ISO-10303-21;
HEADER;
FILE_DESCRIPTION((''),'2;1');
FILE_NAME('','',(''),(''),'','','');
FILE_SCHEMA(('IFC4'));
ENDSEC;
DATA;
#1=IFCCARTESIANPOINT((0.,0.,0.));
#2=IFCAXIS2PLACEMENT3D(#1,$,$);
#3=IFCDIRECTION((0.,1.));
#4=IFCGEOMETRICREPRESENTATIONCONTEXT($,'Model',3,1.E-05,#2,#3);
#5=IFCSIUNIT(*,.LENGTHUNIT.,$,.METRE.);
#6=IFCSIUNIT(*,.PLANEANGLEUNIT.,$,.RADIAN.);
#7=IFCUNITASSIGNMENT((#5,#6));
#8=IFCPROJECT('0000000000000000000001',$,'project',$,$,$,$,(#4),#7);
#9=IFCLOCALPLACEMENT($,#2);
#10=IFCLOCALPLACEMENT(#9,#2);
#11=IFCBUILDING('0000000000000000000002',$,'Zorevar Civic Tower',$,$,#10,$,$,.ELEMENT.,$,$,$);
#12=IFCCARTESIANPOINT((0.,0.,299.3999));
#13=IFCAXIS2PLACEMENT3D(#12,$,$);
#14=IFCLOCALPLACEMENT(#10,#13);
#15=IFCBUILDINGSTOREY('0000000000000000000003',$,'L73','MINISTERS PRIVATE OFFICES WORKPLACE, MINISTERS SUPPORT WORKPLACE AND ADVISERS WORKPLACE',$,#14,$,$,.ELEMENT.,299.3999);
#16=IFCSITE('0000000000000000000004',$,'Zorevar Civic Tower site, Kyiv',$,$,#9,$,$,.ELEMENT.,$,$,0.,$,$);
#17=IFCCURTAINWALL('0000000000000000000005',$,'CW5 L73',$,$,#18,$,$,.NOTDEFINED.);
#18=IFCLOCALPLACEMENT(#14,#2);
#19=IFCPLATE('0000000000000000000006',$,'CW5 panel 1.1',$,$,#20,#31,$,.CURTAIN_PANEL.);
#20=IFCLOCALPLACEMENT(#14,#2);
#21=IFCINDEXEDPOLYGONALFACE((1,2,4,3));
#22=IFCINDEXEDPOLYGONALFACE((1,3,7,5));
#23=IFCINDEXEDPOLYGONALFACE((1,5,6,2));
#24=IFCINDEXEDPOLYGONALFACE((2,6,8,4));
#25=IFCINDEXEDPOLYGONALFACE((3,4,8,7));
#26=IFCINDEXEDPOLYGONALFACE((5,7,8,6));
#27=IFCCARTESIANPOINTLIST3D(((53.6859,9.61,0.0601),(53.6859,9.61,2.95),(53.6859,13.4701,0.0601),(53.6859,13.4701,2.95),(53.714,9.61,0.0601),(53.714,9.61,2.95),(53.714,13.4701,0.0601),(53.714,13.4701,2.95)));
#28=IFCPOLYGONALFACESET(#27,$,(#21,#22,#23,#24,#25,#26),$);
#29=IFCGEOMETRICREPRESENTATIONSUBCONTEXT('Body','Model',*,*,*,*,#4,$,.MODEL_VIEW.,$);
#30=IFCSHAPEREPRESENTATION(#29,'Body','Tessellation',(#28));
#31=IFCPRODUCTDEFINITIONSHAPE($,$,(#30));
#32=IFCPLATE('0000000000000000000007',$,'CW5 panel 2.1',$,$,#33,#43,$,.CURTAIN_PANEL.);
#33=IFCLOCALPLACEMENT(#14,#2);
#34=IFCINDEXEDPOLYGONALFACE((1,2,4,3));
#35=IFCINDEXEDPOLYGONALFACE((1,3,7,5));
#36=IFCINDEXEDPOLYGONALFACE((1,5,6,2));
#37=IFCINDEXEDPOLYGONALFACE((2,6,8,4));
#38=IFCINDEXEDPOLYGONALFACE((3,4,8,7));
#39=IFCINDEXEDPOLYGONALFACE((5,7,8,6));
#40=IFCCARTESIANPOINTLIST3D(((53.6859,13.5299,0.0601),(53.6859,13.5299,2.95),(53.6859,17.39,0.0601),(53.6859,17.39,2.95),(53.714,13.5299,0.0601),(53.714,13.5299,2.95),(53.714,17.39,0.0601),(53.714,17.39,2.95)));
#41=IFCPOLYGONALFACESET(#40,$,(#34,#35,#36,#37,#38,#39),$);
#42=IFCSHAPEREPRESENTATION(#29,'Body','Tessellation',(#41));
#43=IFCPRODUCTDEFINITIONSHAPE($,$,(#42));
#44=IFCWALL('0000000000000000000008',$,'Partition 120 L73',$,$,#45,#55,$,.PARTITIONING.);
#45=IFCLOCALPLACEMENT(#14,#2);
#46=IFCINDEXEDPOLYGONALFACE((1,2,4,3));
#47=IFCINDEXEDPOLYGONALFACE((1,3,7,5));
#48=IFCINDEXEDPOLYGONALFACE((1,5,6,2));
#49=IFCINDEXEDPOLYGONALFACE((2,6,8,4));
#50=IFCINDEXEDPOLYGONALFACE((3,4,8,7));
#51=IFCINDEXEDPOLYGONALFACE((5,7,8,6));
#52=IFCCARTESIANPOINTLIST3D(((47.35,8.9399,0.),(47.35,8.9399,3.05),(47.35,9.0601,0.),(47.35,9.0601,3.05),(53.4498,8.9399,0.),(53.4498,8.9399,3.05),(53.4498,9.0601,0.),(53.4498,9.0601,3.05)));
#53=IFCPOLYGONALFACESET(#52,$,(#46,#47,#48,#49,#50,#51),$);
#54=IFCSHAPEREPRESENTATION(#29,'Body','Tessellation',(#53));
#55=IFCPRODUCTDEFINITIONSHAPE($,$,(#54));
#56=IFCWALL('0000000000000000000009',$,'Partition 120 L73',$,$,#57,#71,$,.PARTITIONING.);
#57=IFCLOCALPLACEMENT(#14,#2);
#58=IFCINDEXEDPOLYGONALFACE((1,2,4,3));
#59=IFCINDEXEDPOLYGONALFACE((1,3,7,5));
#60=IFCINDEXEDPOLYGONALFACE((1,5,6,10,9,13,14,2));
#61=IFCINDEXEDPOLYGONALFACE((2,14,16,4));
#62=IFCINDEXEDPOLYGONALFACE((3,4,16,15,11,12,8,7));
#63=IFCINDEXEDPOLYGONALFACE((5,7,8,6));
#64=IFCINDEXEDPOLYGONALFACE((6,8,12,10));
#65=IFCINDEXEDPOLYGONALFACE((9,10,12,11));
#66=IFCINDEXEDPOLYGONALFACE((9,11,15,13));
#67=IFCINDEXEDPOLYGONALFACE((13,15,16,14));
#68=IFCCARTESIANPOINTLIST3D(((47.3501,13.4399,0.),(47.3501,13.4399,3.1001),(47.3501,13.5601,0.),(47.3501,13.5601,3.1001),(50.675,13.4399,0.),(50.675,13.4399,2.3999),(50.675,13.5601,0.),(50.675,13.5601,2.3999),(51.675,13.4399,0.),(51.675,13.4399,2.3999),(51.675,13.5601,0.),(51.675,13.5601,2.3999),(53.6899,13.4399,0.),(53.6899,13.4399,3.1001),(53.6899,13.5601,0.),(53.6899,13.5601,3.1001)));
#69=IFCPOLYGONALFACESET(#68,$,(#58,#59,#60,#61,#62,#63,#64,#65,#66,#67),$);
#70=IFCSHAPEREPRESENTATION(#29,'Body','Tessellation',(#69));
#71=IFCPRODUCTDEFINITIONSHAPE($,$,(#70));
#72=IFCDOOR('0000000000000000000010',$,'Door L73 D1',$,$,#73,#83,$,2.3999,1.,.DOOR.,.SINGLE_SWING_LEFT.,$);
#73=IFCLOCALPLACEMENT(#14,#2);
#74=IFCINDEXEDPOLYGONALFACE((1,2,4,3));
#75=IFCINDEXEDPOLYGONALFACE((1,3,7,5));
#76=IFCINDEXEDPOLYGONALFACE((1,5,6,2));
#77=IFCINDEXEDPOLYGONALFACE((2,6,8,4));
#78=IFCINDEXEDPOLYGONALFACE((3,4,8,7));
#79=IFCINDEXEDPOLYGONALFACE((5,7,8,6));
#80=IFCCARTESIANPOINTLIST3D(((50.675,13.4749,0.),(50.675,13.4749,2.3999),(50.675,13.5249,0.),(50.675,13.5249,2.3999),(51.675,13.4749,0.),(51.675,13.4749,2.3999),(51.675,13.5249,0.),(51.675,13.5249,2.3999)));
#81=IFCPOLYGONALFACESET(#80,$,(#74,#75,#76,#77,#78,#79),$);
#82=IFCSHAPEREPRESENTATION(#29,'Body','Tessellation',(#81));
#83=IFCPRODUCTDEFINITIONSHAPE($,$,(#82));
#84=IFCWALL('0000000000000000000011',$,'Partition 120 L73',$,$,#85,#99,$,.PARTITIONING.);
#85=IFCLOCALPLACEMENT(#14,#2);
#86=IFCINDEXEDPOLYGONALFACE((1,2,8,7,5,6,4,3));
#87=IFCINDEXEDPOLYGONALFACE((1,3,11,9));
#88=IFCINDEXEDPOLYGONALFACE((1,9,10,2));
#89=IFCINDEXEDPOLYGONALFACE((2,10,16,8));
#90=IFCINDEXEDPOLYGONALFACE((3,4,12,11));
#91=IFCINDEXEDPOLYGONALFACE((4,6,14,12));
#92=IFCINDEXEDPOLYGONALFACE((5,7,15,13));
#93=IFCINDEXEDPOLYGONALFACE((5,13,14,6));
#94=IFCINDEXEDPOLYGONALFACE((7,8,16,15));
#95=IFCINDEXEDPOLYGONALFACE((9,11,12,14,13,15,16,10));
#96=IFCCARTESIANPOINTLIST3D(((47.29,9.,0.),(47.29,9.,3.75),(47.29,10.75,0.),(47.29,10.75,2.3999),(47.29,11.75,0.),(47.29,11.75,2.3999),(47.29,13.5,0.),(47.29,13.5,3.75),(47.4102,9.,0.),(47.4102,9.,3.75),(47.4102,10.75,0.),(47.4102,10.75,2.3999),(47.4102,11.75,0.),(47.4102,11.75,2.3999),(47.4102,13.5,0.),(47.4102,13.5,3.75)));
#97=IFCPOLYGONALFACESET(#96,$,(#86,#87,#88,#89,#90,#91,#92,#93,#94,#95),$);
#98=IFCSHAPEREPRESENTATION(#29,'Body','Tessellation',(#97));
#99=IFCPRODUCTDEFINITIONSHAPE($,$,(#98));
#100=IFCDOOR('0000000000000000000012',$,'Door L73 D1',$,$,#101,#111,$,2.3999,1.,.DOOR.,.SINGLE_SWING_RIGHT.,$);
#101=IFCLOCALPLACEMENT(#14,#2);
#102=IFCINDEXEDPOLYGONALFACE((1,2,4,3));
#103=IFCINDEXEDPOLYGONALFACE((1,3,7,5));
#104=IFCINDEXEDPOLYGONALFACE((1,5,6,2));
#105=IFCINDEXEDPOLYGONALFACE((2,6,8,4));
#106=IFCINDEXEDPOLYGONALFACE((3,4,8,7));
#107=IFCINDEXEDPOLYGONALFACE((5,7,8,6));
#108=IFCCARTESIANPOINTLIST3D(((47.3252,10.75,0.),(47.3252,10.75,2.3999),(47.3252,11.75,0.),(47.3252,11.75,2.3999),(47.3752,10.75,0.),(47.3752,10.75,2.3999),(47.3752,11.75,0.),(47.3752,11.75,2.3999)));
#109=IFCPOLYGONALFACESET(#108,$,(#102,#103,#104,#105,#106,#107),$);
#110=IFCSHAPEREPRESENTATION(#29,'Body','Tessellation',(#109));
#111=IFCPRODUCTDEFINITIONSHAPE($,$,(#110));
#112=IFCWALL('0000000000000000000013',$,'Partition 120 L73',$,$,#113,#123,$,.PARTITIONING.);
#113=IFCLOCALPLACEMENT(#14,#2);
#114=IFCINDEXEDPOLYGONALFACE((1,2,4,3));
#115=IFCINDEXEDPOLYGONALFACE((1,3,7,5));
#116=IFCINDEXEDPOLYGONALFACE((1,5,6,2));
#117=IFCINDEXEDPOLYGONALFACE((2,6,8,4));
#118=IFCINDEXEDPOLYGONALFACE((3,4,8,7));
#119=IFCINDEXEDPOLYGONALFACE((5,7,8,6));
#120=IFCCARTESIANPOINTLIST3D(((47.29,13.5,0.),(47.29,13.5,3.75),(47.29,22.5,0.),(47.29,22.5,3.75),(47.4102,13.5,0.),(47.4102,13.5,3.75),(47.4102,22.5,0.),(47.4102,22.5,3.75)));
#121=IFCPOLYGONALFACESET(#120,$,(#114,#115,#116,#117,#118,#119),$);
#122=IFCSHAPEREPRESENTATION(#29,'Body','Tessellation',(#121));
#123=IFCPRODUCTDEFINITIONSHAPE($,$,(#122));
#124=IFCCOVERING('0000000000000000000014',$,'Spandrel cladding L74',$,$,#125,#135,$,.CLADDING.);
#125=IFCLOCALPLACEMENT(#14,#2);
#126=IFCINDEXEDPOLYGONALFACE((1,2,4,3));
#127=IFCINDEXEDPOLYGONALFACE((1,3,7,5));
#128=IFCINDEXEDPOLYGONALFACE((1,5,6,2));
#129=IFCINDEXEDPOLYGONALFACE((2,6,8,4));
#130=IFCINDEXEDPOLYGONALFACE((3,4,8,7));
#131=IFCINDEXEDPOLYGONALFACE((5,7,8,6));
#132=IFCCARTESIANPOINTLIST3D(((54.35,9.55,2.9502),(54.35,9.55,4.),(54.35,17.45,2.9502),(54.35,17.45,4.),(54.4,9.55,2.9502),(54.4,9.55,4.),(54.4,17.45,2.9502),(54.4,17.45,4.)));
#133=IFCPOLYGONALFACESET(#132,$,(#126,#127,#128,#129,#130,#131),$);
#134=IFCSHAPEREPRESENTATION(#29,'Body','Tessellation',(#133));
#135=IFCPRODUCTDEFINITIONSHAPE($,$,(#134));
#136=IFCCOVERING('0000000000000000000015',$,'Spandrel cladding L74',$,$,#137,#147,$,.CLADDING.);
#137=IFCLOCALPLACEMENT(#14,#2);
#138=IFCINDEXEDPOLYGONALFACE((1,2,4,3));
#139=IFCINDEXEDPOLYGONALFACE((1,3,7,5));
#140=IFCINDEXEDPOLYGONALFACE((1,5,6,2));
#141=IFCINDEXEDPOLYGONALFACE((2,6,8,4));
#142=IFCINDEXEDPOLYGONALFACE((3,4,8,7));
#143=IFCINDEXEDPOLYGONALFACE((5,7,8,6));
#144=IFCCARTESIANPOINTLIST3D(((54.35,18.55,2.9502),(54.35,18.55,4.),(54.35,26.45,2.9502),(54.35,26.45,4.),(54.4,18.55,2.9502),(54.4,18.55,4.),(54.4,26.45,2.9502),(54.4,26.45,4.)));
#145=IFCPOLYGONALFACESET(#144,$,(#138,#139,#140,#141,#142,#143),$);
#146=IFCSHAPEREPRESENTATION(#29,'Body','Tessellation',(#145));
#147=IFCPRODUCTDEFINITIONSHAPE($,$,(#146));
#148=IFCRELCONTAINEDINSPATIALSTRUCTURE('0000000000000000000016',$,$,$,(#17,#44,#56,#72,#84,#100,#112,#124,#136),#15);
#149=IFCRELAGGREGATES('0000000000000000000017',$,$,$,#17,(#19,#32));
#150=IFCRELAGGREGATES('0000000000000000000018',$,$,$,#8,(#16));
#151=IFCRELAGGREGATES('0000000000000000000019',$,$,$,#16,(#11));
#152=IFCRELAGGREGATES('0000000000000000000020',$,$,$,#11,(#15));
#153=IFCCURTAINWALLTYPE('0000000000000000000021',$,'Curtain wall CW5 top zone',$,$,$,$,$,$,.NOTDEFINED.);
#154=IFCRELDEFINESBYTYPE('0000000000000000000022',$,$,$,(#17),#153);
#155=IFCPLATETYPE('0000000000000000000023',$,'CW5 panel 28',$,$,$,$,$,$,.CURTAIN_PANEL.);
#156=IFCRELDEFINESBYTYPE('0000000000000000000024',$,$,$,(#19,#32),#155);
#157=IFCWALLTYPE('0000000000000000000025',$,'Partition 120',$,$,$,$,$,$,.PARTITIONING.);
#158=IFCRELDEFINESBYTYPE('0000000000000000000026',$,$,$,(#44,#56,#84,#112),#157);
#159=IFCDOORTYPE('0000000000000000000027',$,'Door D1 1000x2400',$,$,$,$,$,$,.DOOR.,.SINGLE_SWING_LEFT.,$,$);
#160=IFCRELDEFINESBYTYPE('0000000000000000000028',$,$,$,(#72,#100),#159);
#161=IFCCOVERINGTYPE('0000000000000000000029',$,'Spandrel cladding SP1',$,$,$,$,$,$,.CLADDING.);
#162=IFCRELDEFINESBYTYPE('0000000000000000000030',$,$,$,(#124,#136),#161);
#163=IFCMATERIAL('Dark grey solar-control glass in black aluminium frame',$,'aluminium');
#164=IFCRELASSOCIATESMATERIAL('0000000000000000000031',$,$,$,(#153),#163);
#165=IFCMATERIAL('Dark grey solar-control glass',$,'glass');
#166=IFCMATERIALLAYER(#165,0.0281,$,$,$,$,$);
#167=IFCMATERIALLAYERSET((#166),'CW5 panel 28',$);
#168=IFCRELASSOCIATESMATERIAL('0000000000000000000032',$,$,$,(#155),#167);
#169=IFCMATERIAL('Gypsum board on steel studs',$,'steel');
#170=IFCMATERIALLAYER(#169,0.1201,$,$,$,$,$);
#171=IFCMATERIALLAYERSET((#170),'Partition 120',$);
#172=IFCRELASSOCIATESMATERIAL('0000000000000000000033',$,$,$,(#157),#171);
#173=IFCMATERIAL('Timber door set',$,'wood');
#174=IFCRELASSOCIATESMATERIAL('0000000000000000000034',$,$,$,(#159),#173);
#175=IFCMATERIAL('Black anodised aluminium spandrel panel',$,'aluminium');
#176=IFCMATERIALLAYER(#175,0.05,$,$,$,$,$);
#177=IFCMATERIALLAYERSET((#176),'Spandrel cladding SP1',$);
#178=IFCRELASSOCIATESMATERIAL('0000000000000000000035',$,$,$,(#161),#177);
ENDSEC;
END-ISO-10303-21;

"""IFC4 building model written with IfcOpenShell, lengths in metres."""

from ifc_helpers import new_model, si_unit, direction, frame, frame_2d, origin, origin_2d, place, context, subcontext, project, spatial, rectangle, extrude, material, layer, layer_set, type_object, element, fill, aggregate, save


model = new_model("IFC4")

# Units and contexts
model_context = context("Model", 3, precision=1e-05, world=origin(), true_north=direction((0.0, 1.0)))
body_context = subcontext(model_context, "Body", "Model", "MODEL_VIEW")
ifc_project = project(units=[si_unit("LENGTHUNIT", "METRE"), si_unit("PLANEANGLEUNIT", "RADIAN")], contexts=[model_context])

# Site, building, storey
site_placement = place(None, origin())
site = spatial("IfcSite", under=ifc_project, at=site_placement, Name="Zorevar Civic Tower site, Kyiv", CompositionType="ELEMENT", RefElevation=0.0)
building_placement = place(site_placement, origin())
building = spatial("IfcBuilding", under=site, at=building_placement, Name="Zorevar Civic Tower", CompositionType="ELEMENT")
storey_placement = place(building_placement, frame((0.0, 0.0, 299.3999)))
storey = spatial("IfcBuildingStorey", under=building, at=storey_placement, Name="L73", Description="MINISTERS PRIVATE OFFICES WORKPLACE, MINISTERS SUPPORT WORKPLACE AND ADVISERS WORKPLACE", CompositionType="ELEMENT", Elevation=299.3999)

# Curtain wall
ifc_material_1 = material(Name="Dark grey solar-control glass in black aluminium frame", Category="aluminium")
curtain_wall_type = type_object("IfcCurtainWallType", Name="Curtain wall CW5 top zone", PredefinedType="NOTDEFINED", material=ifc_material_1)
curtain_wall_1_placement = place(storey_placement, origin())
curtain_wall_1 = element("IfcCurtainWall", 1, at=curtain_wall_1_placement, inside=storey, type_object=curtain_wall_type, Name="CW5 L73", PredefinedType="NOTDEFINED")

# Plates
ifc_material_2 = material(Name="Dark grey solar-control glass", Category="glass")
ifc_layer_1 = layer(ifc_material_2, 0.0281)
ifc_layer_set_1 = layer_set([ifc_layer_1], Name="CW5 panel 28")
plate_type = type_object("IfcPlateType", Name="CW5 panel 28", PredefinedType="CURTAIN_PANEL", material=ifc_layer_set_1)
plate_1_placement = place(storey_placement, frame((53.7, 11.54, 0.0601), z_axis=(0.0, 0.0, 1.0), x_axis=(0.0, 1.0, 0.0)))
plate_1 = element("IfcPlate", 2, at=plate_1_placement, type_object=plate_type, Name="CW5 panel 1.1", PredefinedType="CURTAIN_PANEL", context=body_context, shape_type="SweptSolid", body=[
    extrude(rectangle(XDim=3.8601, YDim=0.0281, at=origin_2d()), origin(), (0.0, 0.0, 1.0), 2.8899),
])
plate_2_placement = place(storey_placement, frame((53.7, 15.46, 0.0601), z_axis=(0.0, 0.0, 1.0), x_axis=(0.0, 1.0, 0.0)))
plate_2 = element("IfcPlate", 3, at=plate_2_placement, type_object=plate_type, Name="CW5 panel 2.1", PredefinedType="CURTAIN_PANEL", context=body_context, shape_type="SweptSolid", body=[
    extrude(rectangle(XDim=3.8601, YDim=0.0281, at=origin_2d()), origin(), (0.0, 0.0, 1.0), 2.8899),
])
aggregate(curtain_wall_1, [plate_1, plate_2])

# Wall
ifc_material_3 = material(Name="Gypsum board on steel studs", Category="steel")
ifc_layer_2 = layer(ifc_material_3, 0.1201)
ifc_layer_set_2 = layer_set([ifc_layer_2], Name="Partition 120")
wall_type_1 = type_object("IfcWallType", Name="Partition 120", PredefinedType="PARTITIONING", material=ifc_layer_set_2)
wall_1_placement = place(storey_placement, frame((47.3501, 9.0, 0.0), z_axis=(0.0, 0.0, 1.0), x_axis=(1.0, 0.0, 0.0)))
element("IfcWall", 4, at=wall_1_placement, inside=storey, type_object=wall_type_1, Name="Partition 120 L73", PredefinedType="PARTITIONING", context=body_context, shape_type="SweptSolid", body=[
    extrude(rectangle(XDim=6.0999, YDim=0.1201, at=frame_2d((3.0498, 0.0))), origin(), (0.0, 0.0, 1.0), 3.05),
])

# Walls, openings, doors
wall_2_placement = place(storey_placement, frame((47.3501, 13.5, 0.0), z_axis=(0.0, 0.0, 1.0), x_axis=(1.0, 0.0, 0.0)))
wall_2 = element("IfcWall", 5, at=wall_2_placement, inside=storey, type_object=wall_type_1, Name="Partition 120 L73", PredefinedType="PARTITIONING", context=body_context, shape_type="SweptSolid", body=[
    extrude(rectangle(XDim=6.3398, YDim=0.1201, at=frame_2d((3.1699, 0.0))), origin(), (0.0, 0.0, 1.0), 3.1001),
])
opening_1_placement = place(wall_2_placement, frame((3.325, 0.0, 0.0)))
opening_1 = element("IfcOpeningElement", 6, at=opening_1_placement, cuts=wall_2, PredefinedType="OPENING", context=body_context, shape_type="SweptSolid", body=[
    extrude(rectangle(XDim=1.0, YDim=2.3999, at=frame_2d((0.5, 1.2))), frame((0.0, 0.0701, 0.0), z_axis=(0.0, -1.0, 0.0), x_axis=(1.0, 0.0, 0.0)), (0.0, 0.0, 1.0), 0.1401),
])
ifc_material_4 = material(Name="Timber door set", Category="wood")
door_type_1 = type_object("IfcDoorType", Name="Door D1 1000x2400", OperationType="SINGLE_SWING_LEFT", PredefinedType="DOOR", material=ifc_material_4)
door_1_placement = place(opening_1_placement, origin())
door_1 = element("IfcDoor", 7, at=door_1_placement, inside=storey, type_object=door_type_1, Name="Door L73 D1", OperationType="SINGLE_SWING_LEFT", OverallHeight=2.3999, OverallWidth=1.0, PredefinedType="DOOR", context=body_context, shape_type="SweptSolid", body=[
    extrude(rectangle(XDim=1.0, YDim=2.3999, at=frame_2d((0.5, 1.2))), frame((0.0, 0.0249, 0.0), z_axis=(0.0, -1.0, 0.0), x_axis=(1.0, 0.0, 0.0)), (0.0, 0.0, 1.0), 0.05),
])
fill(opening_1, door_1)
wall_3_placement = place(storey_placement, frame((47.3501, 9.0, 0.0), z_axis=(0.0, 0.0, 1.0), x_axis=(0.0, 1.0, 0.0)))
wall_3 = element("IfcWall", 8, at=wall_3_placement, inside=storey, type_object=wall_type_1, Name="Partition 120 L73", PredefinedType="PARTITIONING", context=body_context, shape_type="SweptSolid", body=[
    extrude(rectangle(XDim=4.5, YDim=0.1201, at=frame_2d((2.25, 0.0))), origin(), (0.0, 0.0, 1.0), 3.75),
])
opening_2_placement = place(wall_3_placement, frame((1.75, 0.0, 0.0)))
opening_2 = element("IfcOpeningElement", 9, at=opening_2_placement, cuts=wall_3, PredefinedType="OPENING", context=body_context, shape_type="SweptSolid", body=[
    extrude(rectangle(XDim=1.0, YDim=2.3999, at=frame_2d((0.5, 1.2))), frame((0.0, 0.0701, 0.0), z_axis=(0.0, -1.0, 0.0), x_axis=(1.0, 0.0, 0.0)), (0.0, 0.0, 1.0), 0.1401),
])
door_2_placement = place(opening_2_placement, origin())
door_2 = element("IfcDoor", 10, at=door_2_placement, inside=storey, type_object=door_type_1, Name="Door L73 D1", OperationType="SINGLE_SWING_RIGHT", OverallHeight=2.3999, OverallWidth=1.0, PredefinedType="DOOR", context=body_context, shape_type="SweptSolid", body=[
    extrude(rectangle(XDim=1.0, YDim=2.3999, at=frame_2d((0.5, 1.2))), frame((0.0, 0.0249, 0.0), z_axis=(0.0, -1.0, 0.0), x_axis=(1.0, 0.0, 0.0)), (0.0, 0.0, 1.0), 0.05),
])
fill(opening_2, door_2)

# Wall
wall_4_placement = place(storey_placement, frame((47.3501, 13.5, 0.0), z_axis=(0.0, 0.0, 1.0), x_axis=(0.0, 1.0, 0.0)))
element("IfcWall", 11, at=wall_4_placement, inside=storey, type_object=wall_type_1, Name="Partition 120 L73", PredefinedType="PARTITIONING", context=body_context, shape_type="SweptSolid", body=[
    extrude(rectangle(XDim=9.0, YDim=0.1201, at=frame_2d((4.5, 0.0))), origin(), (0.0, 0.0, 1.0), 3.75),
])

# Coverings
ifc_material_5 = material(Name="Black anodised aluminium spandrel panel", Category="aluminium")
ifc_layer_3 = layer(ifc_material_5, 0.05)
ifc_layer_set_3 = layer_set([ifc_layer_3], Name="Spandrel cladding SP1")
covering_type = type_object("IfcCoveringType", Name="Spandrel cladding SP1", PredefinedType="CLADDING", material=ifc_layer_set_3)
for number, where, z_axis, x_axis, name in (
    (12, (54.375, 9.55, 2.9502), (0.0, 0.0, 1.0), (0.0, 1.0, 0.0), "Spandrel cladding L74"),
    (13, (54.375, 18.55, 2.9502), (0.0, 0.0, 1.0), (0.0, 1.0, 0.0), "Spandrel cladding L74"),
):
    element("IfcCovering", number, at=place(storey_placement, frame(where, z_axis=z_axis, x_axis=x_axis)), inside=storey, type_object=covering_type, Name=name, PredefinedType="CLADDING", context=body_context, shape_type="SweptSolid", body=[
        extrude(rectangle(XDim=7.8999, YDim=0.05, at=frame_2d((3.95, 0.0))), origin(), (0.0, 0.0, 1.0), 1.0498),
    ])

save(model, "model.ifc")
